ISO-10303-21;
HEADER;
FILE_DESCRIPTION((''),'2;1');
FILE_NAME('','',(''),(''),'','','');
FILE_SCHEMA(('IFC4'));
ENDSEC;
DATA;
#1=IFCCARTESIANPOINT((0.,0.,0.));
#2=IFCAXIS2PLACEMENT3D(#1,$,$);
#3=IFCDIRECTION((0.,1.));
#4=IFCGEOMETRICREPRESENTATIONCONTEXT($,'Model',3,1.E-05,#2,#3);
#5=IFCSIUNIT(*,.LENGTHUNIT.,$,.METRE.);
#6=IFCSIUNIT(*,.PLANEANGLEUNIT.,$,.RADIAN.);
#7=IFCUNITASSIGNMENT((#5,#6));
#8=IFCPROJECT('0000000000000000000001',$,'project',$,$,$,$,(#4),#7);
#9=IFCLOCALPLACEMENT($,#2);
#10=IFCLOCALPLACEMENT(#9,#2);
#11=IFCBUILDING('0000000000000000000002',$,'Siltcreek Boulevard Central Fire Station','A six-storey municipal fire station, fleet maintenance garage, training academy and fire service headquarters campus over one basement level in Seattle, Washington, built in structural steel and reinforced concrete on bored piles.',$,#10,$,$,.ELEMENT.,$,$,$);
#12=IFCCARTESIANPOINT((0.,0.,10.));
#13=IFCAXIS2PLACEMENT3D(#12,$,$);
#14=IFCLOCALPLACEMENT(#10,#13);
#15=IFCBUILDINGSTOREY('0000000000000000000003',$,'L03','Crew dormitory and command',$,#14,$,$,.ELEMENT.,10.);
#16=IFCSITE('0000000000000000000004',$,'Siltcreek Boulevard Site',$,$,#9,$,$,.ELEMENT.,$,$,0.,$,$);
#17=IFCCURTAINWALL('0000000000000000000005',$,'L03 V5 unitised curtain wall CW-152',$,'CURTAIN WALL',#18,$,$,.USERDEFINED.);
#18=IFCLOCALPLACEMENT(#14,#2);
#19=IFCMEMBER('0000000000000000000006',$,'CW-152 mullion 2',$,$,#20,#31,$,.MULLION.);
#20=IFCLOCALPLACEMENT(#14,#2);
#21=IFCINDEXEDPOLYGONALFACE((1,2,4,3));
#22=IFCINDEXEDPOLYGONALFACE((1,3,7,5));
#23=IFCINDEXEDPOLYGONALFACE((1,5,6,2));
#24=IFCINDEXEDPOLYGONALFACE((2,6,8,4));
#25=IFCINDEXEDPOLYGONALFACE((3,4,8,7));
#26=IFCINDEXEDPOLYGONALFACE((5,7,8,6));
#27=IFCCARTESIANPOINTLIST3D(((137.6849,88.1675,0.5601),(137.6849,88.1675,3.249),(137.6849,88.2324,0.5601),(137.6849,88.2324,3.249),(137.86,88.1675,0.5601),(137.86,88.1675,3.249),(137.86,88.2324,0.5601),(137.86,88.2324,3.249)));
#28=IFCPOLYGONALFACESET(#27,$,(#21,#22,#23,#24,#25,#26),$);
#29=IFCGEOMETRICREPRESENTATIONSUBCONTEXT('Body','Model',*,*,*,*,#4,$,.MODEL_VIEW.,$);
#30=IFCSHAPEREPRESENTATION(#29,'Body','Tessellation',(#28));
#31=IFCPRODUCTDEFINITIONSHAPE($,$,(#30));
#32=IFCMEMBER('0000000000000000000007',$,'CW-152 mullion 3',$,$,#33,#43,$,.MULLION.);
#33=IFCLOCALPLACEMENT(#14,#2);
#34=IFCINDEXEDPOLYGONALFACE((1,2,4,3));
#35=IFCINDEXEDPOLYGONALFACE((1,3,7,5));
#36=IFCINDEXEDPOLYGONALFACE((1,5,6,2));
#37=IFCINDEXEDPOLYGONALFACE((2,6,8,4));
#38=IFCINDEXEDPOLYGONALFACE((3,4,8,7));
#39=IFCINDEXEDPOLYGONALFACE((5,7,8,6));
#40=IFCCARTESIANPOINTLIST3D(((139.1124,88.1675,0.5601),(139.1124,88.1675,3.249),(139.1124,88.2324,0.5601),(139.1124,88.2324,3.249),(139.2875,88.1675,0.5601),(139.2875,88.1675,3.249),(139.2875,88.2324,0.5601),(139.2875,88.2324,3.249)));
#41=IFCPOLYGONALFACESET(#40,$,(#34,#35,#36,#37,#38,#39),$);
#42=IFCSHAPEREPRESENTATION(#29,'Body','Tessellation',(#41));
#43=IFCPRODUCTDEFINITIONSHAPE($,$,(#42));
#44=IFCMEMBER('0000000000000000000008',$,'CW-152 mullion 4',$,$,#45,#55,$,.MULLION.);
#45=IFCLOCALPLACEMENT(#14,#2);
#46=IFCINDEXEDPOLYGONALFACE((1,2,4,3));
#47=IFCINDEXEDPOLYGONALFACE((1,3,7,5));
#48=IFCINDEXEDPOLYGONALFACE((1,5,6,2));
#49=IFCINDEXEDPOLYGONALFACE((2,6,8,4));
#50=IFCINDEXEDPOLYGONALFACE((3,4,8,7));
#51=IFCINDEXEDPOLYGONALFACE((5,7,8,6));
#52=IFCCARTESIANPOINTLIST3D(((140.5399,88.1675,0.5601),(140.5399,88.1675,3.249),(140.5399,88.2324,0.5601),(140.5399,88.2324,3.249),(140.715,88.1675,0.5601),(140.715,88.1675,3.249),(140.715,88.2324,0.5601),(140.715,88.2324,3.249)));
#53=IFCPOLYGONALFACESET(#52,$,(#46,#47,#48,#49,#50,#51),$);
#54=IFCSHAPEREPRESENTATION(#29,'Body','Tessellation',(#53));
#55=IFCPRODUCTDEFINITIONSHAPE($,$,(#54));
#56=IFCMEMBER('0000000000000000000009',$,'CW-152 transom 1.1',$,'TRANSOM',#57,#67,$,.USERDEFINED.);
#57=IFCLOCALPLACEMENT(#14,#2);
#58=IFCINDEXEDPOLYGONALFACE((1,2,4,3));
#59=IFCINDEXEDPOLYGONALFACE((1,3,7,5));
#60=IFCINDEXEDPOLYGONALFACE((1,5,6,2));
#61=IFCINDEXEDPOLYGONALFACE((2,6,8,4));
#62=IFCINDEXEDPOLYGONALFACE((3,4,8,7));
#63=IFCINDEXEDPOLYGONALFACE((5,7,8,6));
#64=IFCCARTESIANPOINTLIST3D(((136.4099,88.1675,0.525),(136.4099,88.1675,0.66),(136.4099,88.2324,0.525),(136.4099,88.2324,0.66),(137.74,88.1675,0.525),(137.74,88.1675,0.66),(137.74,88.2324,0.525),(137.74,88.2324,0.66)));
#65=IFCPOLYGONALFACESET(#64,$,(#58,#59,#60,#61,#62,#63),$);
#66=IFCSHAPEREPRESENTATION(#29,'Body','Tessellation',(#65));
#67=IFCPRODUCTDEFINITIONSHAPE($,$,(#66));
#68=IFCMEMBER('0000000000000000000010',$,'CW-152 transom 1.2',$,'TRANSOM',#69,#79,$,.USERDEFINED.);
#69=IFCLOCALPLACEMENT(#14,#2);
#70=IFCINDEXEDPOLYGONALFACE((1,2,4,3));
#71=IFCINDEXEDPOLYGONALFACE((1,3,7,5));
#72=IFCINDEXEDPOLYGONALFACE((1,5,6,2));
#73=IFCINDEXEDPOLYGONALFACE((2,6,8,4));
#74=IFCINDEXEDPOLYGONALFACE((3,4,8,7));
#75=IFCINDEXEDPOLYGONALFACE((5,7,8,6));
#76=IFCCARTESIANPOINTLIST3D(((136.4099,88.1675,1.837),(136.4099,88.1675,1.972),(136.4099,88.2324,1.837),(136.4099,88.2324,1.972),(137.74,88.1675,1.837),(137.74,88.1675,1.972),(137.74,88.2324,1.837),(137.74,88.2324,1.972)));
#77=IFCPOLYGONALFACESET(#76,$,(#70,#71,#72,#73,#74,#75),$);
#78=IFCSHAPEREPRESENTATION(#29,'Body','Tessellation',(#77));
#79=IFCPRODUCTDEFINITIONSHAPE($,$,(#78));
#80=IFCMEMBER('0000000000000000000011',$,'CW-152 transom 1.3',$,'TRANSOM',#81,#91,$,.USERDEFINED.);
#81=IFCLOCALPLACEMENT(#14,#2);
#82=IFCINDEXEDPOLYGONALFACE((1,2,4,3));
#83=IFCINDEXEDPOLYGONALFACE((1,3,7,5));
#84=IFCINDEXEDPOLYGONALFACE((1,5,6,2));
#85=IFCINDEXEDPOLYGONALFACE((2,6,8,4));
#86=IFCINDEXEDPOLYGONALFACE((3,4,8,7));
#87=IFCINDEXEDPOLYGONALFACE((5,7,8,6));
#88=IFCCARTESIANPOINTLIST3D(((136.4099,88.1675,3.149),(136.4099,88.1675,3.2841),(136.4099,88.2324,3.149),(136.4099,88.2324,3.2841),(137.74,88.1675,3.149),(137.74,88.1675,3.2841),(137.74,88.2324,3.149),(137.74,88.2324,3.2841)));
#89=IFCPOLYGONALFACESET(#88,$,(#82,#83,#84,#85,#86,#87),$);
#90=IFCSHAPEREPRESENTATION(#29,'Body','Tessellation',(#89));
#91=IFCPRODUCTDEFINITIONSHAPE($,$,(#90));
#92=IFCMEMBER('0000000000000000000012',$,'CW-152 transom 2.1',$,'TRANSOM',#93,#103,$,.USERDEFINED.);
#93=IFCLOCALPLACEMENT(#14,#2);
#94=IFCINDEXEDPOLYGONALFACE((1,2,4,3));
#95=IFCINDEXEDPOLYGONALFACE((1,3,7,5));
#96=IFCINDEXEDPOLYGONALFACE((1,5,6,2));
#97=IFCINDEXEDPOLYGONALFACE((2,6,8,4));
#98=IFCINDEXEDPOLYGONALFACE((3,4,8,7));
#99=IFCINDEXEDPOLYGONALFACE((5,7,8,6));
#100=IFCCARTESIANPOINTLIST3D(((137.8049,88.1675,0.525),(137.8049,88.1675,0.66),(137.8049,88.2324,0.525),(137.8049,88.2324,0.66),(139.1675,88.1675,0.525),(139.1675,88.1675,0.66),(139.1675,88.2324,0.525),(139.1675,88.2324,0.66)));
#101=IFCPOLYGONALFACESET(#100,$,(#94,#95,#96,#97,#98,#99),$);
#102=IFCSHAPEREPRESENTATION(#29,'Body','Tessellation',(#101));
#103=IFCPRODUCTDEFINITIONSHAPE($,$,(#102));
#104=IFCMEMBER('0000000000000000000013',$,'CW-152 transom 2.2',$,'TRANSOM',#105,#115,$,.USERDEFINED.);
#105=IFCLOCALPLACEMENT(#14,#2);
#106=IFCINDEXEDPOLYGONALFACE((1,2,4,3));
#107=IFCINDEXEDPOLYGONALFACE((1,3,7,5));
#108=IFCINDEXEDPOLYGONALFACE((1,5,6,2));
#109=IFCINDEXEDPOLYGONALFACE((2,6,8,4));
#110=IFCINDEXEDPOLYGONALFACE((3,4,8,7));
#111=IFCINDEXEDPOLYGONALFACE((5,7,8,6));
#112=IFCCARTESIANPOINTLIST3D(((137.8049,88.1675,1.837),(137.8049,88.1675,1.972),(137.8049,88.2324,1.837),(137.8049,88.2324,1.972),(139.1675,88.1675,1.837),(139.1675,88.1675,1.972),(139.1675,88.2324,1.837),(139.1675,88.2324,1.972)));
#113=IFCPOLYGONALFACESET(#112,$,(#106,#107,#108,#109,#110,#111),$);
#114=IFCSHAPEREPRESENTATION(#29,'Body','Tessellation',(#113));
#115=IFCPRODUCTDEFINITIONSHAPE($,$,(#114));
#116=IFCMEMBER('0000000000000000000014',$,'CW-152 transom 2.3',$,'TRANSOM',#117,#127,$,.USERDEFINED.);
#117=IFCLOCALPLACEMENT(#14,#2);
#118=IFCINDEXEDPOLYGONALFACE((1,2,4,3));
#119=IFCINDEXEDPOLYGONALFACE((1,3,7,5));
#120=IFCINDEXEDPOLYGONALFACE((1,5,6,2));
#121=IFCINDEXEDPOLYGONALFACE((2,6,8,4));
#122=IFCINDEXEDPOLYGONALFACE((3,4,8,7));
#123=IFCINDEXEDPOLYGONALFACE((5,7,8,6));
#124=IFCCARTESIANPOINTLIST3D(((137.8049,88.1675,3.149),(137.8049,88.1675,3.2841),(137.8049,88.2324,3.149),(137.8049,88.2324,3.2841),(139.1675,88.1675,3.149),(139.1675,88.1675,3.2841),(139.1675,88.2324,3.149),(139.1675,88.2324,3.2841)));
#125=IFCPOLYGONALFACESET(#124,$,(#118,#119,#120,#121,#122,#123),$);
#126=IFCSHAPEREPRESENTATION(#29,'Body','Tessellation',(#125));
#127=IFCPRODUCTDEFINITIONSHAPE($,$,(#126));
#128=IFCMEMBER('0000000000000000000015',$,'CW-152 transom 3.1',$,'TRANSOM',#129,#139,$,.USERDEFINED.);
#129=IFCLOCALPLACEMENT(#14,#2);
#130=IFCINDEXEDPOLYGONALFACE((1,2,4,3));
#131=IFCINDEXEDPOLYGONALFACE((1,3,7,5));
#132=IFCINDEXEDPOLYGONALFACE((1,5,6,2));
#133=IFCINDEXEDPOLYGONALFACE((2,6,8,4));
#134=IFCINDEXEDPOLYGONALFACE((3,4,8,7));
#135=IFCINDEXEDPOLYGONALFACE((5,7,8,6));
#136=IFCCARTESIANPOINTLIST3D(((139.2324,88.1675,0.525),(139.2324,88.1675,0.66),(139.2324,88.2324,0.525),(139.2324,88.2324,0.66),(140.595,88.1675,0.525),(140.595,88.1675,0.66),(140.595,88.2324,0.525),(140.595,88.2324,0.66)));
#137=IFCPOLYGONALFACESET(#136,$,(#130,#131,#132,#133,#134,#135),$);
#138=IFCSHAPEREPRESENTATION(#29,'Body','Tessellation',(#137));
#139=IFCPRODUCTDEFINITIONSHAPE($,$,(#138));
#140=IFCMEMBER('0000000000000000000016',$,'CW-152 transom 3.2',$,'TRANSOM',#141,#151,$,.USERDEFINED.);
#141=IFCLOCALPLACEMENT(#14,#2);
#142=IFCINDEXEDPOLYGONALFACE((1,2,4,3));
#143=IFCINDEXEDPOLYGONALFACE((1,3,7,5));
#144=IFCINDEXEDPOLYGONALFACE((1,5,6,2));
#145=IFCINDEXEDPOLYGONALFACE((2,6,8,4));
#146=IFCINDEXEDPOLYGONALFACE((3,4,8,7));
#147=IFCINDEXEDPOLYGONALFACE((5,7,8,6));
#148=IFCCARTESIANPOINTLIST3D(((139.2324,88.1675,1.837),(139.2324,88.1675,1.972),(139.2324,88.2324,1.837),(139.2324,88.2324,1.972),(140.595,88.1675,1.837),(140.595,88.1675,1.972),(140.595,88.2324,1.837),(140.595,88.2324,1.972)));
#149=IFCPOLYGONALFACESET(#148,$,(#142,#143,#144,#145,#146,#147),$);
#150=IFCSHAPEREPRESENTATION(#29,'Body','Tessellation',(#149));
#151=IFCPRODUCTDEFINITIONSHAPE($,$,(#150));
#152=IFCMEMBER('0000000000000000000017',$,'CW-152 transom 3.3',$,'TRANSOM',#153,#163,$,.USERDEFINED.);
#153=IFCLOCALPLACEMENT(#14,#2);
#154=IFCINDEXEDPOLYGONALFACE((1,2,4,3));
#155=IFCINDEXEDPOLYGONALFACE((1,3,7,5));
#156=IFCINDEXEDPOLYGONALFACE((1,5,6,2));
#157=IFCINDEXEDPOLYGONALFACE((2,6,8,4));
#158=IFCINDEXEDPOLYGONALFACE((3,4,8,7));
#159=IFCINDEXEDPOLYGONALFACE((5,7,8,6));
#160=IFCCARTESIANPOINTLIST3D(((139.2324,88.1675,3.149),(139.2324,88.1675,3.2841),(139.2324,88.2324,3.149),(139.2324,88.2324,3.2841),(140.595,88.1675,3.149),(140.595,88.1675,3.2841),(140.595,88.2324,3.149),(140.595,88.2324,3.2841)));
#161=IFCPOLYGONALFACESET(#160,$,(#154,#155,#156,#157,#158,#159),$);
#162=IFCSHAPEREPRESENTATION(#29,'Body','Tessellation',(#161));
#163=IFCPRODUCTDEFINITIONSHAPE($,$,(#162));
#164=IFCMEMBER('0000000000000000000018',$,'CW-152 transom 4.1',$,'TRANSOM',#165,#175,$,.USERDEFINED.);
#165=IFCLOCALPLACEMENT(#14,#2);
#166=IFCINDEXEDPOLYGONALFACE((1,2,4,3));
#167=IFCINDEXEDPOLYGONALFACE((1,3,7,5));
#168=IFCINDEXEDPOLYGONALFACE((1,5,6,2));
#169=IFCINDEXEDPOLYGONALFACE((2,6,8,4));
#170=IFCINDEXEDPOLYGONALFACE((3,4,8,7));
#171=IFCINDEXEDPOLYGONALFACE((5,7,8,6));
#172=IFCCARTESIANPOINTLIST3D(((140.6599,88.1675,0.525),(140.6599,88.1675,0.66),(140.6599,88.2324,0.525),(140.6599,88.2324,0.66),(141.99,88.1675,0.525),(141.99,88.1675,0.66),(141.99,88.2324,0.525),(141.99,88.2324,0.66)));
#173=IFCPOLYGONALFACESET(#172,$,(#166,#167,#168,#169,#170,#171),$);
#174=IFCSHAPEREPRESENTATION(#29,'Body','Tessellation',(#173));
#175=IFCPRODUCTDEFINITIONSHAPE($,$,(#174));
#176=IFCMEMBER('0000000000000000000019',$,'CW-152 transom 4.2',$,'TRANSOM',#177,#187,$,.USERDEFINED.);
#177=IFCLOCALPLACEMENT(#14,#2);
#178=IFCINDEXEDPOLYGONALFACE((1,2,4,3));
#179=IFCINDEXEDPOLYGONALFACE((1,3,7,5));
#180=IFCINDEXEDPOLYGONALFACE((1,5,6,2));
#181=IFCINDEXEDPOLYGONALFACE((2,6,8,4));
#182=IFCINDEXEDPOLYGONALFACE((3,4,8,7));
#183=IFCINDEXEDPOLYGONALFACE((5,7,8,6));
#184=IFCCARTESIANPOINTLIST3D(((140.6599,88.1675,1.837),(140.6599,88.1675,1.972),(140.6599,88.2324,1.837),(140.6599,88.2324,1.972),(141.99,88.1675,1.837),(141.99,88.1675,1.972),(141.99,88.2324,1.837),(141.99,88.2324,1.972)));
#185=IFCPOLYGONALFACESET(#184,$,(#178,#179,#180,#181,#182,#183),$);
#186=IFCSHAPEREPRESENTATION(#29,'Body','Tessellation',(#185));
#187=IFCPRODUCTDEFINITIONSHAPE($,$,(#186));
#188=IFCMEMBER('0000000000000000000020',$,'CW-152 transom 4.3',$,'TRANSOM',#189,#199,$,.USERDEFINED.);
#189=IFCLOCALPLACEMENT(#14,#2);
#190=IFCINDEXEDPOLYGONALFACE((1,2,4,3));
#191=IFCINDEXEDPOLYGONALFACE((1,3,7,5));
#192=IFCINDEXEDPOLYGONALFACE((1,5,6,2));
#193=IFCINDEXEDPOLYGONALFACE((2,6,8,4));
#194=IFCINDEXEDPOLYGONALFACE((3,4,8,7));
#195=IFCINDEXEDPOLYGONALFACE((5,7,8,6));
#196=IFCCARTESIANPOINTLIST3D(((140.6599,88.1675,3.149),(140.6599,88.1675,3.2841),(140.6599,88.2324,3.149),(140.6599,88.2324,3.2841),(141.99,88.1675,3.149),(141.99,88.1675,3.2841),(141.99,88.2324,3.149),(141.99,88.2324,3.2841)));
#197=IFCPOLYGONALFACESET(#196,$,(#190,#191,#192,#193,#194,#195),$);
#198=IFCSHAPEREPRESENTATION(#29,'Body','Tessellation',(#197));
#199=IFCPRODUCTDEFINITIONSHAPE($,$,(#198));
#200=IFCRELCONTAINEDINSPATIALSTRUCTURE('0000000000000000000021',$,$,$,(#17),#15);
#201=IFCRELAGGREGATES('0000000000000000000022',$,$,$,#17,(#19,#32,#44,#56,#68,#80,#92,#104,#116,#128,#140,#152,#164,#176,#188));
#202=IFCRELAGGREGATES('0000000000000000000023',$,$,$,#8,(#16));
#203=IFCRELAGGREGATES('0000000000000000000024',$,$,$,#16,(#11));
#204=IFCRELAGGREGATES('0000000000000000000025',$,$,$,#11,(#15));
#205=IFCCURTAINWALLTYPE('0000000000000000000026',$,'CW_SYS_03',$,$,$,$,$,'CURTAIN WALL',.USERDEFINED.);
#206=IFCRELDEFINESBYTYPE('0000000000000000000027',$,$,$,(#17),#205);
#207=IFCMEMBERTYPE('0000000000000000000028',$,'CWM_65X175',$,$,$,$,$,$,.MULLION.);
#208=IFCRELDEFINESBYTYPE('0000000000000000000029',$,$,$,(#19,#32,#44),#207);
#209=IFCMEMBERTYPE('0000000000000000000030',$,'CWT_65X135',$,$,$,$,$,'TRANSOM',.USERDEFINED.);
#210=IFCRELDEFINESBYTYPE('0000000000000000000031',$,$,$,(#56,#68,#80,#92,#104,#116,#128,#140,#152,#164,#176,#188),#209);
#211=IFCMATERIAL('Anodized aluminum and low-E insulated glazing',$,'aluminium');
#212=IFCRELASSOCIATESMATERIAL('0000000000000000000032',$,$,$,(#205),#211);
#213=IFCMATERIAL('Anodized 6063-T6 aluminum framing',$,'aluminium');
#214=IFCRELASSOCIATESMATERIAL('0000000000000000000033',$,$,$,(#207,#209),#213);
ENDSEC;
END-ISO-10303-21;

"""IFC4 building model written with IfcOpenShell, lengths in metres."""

from ifc_helpers import new_model, si_unit, direction, frame, origin, origin_2d, place, context, subcontext, project, spatial, rectangle, extrude, material, material_profile, profile_set, type_object, element, aggregate, save


model = new_model("IFC4")

# Units and contexts
model_context = context("Model", 3, precision=1e-05, world=origin(), true_north=direction((0.0, 1.0)))
body_context = subcontext(model_context, "Body", "Model", "MODEL_VIEW")
ifc_project = project(units=[si_unit("LENGTHUNIT", "METRE"), si_unit("PLANEANGLEUNIT", "RADIAN")], contexts=[model_context])

# Site, building, storey
site_placement = place(None, origin())
site = spatial("IfcSite", under=ifc_project, at=site_placement, Name="Siltcreek Boulevard Site", CompositionType="ELEMENT", RefElevation=0.0)
building_placement = place(site_placement, origin())
building = spatial("IfcBuilding", under=site, at=building_placement, Name="Siltcreek Boulevard Central Fire Station", Description="A six-storey municipal fire station, fleet maintenance garage, training academy and fire service headquarters campus over one basement level in Seattle, Washington, built in structural steel and reinforced concrete on bored piles.", CompositionType="ELEMENT")
storey_placement = place(building_placement, frame((0.0, 0.0, 10.0)))
storey = spatial("IfcBuildingStorey", under=building, at=storey_placement, Name="L03", Description="Crew dormitory and command", CompositionType="ELEMENT", Elevation=10.0)

# Curtain wall, members
ifc_material_1 = material(Name="Anodized aluminum and low-E insulated glazing", Category="aluminium")
curtain_wall_type = type_object("IfcCurtainWallType", Name="CW_SYS_03", ElementType="CURTAIN WALL", PredefinedType="USERDEFINED", material=ifc_material_1)
curtain_wall_placement = place(storey_placement, origin())
curtain_wall = element("IfcCurtainWall", 1, at=curtain_wall_placement, inside=storey, type_object=curtain_wall_type, Name="L03 V5 unitised curtain wall CW-152", ObjectType="CURTAIN WALL", PredefinedType="USERDEFINED")
ifc_material_2 = material(Name="Anodized 6063-T6 aluminum framing", Category="aluminium")
ifc_material_profile_1 = material_profile(ifc_material_2, rectangle(XDim=0.0649, YDim=0.175, at=origin_2d()), Name="MULL65X175")
ifc_profile_set_1 = profile_set([ifc_material_profile_1], Name="Anodized 6063-T6 aluminum framing")
member_type_1 = type_object("IfcMemberType", Name="CWM_65X175", PredefinedType="MULLION", material=ifc_profile_set_1)
member_1_placement = place(storey_placement, frame((137.7725, 88.2, 0.5601), z_axis=(0.0, 0.0, 1.0), x_axis=(0.0, 1.0, 0.0)))
member_1 = element("IfcMember", 2, at=member_1_placement, type_object=member_type_1, Name="CW-152 mullion 2", PredefinedType="MULLION", context=body_context, shape_type="SweptSolid", body=[
    extrude(rectangle(XDim=0.0649, YDim=0.175, at=origin_2d()), origin(), (0.0, 0.0, 1.0), 2.689),
])
member_2_placement = place(storey_placement, frame((139.2, 88.2, 0.5601), z_axis=(0.0, 0.0, 1.0), x_axis=(0.0, 1.0, 0.0)))
member_2 = element("IfcMember", 3, at=member_2_placement, type_object=member_type_1, Name="CW-152 mullion 3", PredefinedType="MULLION", context=body_context, shape_type="SweptSolid", body=[
    extrude(rectangle(XDim=0.0649, YDim=0.175, at=origin_2d()), origin(), (0.0, 0.0, 1.0), 2.689),
])
member_3_placement = place(storey_placement, frame((140.6274, 88.2, 0.5601), z_axis=(0.0, 0.0, 1.0), x_axis=(0.0, 1.0, 0.0)))
member_3 = element("IfcMember", 4, at=member_3_placement, type_object=member_type_1, Name="CW-152 mullion 4", PredefinedType="MULLION", context=body_context, shape_type="SweptSolid", body=[
    extrude(rectangle(XDim=0.0649, YDim=0.175, at=origin_2d()), origin(), (0.0, 0.0, 1.0), 2.689),
])
ifc_material_profile_2 = material_profile(ifc_material_2, rectangle(XDim=0.0649, YDim=0.135, at=origin_2d()), Name="TRAN65X135")
ifc_profile_set_2 = profile_set([ifc_material_profile_2], Name="Anodized 6063-T6 aluminum framing")
member_type_2 = type_object("IfcMemberType", Name="CWT_65X135", ElementType="TRANSOM", PredefinedType="USERDEFINED", material=ifc_profile_set_2)
member_4_placement = place(storey_placement, frame((136.4099, 88.2, 0.5925), z_axis=(1.0, 0.0, 0.0), x_axis=(0.0, 1.0, 0.0)))
member_4 = element("IfcMember", 5, at=member_4_placement, type_object=member_type_2, Name="CW-152 transom 1.1", ObjectType="TRANSOM", PredefinedType="USERDEFINED", context=body_context, shape_type="SweptSolid", body=[
    extrude(rectangle(XDim=0.0649, YDim=0.135, at=origin_2d()), origin(), (0.0, 0.0, 1.0), 1.3301),
])
member_5_placement = place(storey_placement, frame((136.4099, 88.2, 1.9045), z_axis=(1.0, 0.0, 0.0), x_axis=(0.0, 1.0, 0.0)))
member_5 = element("IfcMember", 6, at=member_5_placement, type_object=member_type_2, Name="CW-152 transom 1.2", ObjectType="TRANSOM", PredefinedType="USERDEFINED", context=body_context, shape_type="SweptSolid", body=[
    extrude(rectangle(XDim=0.0649, YDim=0.135, at=origin_2d()), origin(), (0.0, 0.0, 1.0), 1.3301),
])
member_6_placement = place(storey_placement, frame((136.4099, 88.2, 3.2166), z_axis=(1.0, 0.0, 0.0), x_axis=(0.0, 1.0, 0.0)))
member_6 = element("IfcMember", 7, at=member_6_placement, type_object=member_type_2, Name="CW-152 transom 1.3", ObjectType="TRANSOM", PredefinedType="USERDEFINED", context=body_context, shape_type="SweptSolid", body=[
    extrude(rectangle(XDim=0.0649, YDim=0.135, at=origin_2d()), origin(), (0.0, 0.0, 1.0), 1.3301),
])
member_7_placement = place(storey_placement, frame((137.8049, 88.2, 0.5925), z_axis=(1.0, 0.0, 0.0), x_axis=(0.0, 1.0, 0.0)))
member_7 = element("IfcMember", 8, at=member_7_placement, type_object=member_type_2, Name="CW-152 transom 2.1", ObjectType="TRANSOM", PredefinedType="USERDEFINED", context=body_context, shape_type="SweptSolid", body=[
    extrude(rectangle(XDim=0.0649, YDim=0.135, at=origin_2d()), origin(), (0.0, 0.0, 1.0), 1.3625),
])
member_8_placement = place(storey_placement, frame((137.8049, 88.2, 1.9045), z_axis=(1.0, 0.0, 0.0), x_axis=(0.0, 1.0, 0.0)))
member_8 = element("IfcMember", 9, at=member_8_placement, type_object=member_type_2, Name="CW-152 transom 2.2", ObjectType="TRANSOM", PredefinedType="USERDEFINED", context=body_context, shape_type="SweptSolid", body=[
    extrude(rectangle(XDim=0.0649, YDim=0.135, at=origin_2d()), origin(), (0.0, 0.0, 1.0), 1.3625),
])
member_9_placement = place(storey_placement, frame((137.8049, 88.2, 3.2166), z_axis=(1.0, 0.0, 0.0), x_axis=(0.0, 1.0, 0.0)))
member_9 = element("IfcMember", 10, at=member_9_placement, type_object=member_type_2, Name="CW-152 transom 2.3", ObjectType="TRANSOM", PredefinedType="USERDEFINED", context=body_context, shape_type="SweptSolid", body=[
    extrude(rectangle(XDim=0.0649, YDim=0.135, at=origin_2d()), origin(), (0.0, 0.0, 1.0), 1.3625),
])
member_10_placement = place(storey_placement, frame((139.2324, 88.2, 0.5925), z_axis=(1.0, 0.0, 0.0), x_axis=(0.0, 1.0, 0.0)))
member_10 = element("IfcMember", 11, at=member_10_placement, type_object=member_type_2, Name="CW-152 transom 3.1", ObjectType="TRANSOM", PredefinedType="USERDEFINED", context=body_context, shape_type="SweptSolid", body=[
    extrude(rectangle(XDim=0.0649, YDim=0.135, at=origin_2d()), origin(), (0.0, 0.0, 1.0), 1.3625),
])
member_11_placement = place(storey_placement, frame((139.2324, 88.2, 1.9045), z_axis=(1.0, 0.0, 0.0), x_axis=(0.0, 1.0, 0.0)))
member_11 = element("IfcMember", 12, at=member_11_placement, type_object=member_type_2, Name="CW-152 transom 3.2", ObjectType="TRANSOM", PredefinedType="USERDEFINED", context=body_context, shape_type="SweptSolid", body=[
    extrude(rectangle(XDim=0.0649, YDim=0.135, at=origin_2d()), origin(), (0.0, 0.0, 1.0), 1.3625),
])
member_12_placement = place(storey_placement, frame((139.2324, 88.2, 3.2166), z_axis=(1.0, 0.0, 0.0), x_axis=(0.0, 1.0, 0.0)))
member_12 = element("IfcMember", 13, at=member_12_placement, type_object=member_type_2, Name="CW-152 transom 3.3", ObjectType="TRANSOM", PredefinedType="USERDEFINED", context=body_context, shape_type="SweptSolid", body=[
    extrude(rectangle(XDim=0.0649, YDim=0.135, at=origin_2d()), origin(), (0.0, 0.0, 1.0), 1.3625),
])
member_13_placement = place(storey_placement, frame((140.6599, 88.2, 0.5925), z_axis=(1.0, 0.0, 0.0), x_axis=(0.0, 1.0, 0.0)))
member_13 = element("IfcMember", 14, at=member_13_placement, type_object=member_type_2, Name="CW-152 transom 4.1", ObjectType="TRANSOM", PredefinedType="USERDEFINED", context=body_context, shape_type="SweptSolid", body=[
    extrude(rectangle(XDim=0.0649, YDim=0.135, at=origin_2d()), origin(), (0.0, 0.0, 1.0), 1.3301),
])
member_14_placement = place(storey_placement, frame((140.6599, 88.2, 1.9045), z_axis=(1.0, 0.0, 0.0), x_axis=(0.0, 1.0, 0.0)))
member_14 = element("IfcMember", 15, at=member_14_placement, type_object=member_type_2, Name="CW-152 transom 4.2", ObjectType="TRANSOM", PredefinedType="USERDEFINED", context=body_context, shape_type="SweptSolid", body=[
    extrude(rectangle(XDim=0.0649, YDim=0.135, at=origin_2d()), origin(), (0.0, 0.0, 1.0), 1.3301),
])
member_15_placement = place(storey_placement, frame((140.6599, 88.2, 3.2166), z_axis=(1.0, 0.0, 0.0), x_axis=(0.0, 1.0, 0.0)))
member_15 = element("IfcMember", 16, at=member_15_placement, type_object=member_type_2, Name="CW-152 transom 4.3", ObjectType="TRANSOM", PredefinedType="USERDEFINED", context=body_context, shape_type="SweptSolid", body=[
    extrude(rectangle(XDim=0.0649, YDim=0.135, at=origin_2d()), origin(), (0.0, 0.0, 1.0), 1.3301),
])
aggregate(curtain_wall, [member_1, member_2, member_3, member_4, member_5, member_6, member_7, member_8, member_9, member_10, member_11, member_12, member_13, member_14, member_15])

save(model, "model.ifc")
